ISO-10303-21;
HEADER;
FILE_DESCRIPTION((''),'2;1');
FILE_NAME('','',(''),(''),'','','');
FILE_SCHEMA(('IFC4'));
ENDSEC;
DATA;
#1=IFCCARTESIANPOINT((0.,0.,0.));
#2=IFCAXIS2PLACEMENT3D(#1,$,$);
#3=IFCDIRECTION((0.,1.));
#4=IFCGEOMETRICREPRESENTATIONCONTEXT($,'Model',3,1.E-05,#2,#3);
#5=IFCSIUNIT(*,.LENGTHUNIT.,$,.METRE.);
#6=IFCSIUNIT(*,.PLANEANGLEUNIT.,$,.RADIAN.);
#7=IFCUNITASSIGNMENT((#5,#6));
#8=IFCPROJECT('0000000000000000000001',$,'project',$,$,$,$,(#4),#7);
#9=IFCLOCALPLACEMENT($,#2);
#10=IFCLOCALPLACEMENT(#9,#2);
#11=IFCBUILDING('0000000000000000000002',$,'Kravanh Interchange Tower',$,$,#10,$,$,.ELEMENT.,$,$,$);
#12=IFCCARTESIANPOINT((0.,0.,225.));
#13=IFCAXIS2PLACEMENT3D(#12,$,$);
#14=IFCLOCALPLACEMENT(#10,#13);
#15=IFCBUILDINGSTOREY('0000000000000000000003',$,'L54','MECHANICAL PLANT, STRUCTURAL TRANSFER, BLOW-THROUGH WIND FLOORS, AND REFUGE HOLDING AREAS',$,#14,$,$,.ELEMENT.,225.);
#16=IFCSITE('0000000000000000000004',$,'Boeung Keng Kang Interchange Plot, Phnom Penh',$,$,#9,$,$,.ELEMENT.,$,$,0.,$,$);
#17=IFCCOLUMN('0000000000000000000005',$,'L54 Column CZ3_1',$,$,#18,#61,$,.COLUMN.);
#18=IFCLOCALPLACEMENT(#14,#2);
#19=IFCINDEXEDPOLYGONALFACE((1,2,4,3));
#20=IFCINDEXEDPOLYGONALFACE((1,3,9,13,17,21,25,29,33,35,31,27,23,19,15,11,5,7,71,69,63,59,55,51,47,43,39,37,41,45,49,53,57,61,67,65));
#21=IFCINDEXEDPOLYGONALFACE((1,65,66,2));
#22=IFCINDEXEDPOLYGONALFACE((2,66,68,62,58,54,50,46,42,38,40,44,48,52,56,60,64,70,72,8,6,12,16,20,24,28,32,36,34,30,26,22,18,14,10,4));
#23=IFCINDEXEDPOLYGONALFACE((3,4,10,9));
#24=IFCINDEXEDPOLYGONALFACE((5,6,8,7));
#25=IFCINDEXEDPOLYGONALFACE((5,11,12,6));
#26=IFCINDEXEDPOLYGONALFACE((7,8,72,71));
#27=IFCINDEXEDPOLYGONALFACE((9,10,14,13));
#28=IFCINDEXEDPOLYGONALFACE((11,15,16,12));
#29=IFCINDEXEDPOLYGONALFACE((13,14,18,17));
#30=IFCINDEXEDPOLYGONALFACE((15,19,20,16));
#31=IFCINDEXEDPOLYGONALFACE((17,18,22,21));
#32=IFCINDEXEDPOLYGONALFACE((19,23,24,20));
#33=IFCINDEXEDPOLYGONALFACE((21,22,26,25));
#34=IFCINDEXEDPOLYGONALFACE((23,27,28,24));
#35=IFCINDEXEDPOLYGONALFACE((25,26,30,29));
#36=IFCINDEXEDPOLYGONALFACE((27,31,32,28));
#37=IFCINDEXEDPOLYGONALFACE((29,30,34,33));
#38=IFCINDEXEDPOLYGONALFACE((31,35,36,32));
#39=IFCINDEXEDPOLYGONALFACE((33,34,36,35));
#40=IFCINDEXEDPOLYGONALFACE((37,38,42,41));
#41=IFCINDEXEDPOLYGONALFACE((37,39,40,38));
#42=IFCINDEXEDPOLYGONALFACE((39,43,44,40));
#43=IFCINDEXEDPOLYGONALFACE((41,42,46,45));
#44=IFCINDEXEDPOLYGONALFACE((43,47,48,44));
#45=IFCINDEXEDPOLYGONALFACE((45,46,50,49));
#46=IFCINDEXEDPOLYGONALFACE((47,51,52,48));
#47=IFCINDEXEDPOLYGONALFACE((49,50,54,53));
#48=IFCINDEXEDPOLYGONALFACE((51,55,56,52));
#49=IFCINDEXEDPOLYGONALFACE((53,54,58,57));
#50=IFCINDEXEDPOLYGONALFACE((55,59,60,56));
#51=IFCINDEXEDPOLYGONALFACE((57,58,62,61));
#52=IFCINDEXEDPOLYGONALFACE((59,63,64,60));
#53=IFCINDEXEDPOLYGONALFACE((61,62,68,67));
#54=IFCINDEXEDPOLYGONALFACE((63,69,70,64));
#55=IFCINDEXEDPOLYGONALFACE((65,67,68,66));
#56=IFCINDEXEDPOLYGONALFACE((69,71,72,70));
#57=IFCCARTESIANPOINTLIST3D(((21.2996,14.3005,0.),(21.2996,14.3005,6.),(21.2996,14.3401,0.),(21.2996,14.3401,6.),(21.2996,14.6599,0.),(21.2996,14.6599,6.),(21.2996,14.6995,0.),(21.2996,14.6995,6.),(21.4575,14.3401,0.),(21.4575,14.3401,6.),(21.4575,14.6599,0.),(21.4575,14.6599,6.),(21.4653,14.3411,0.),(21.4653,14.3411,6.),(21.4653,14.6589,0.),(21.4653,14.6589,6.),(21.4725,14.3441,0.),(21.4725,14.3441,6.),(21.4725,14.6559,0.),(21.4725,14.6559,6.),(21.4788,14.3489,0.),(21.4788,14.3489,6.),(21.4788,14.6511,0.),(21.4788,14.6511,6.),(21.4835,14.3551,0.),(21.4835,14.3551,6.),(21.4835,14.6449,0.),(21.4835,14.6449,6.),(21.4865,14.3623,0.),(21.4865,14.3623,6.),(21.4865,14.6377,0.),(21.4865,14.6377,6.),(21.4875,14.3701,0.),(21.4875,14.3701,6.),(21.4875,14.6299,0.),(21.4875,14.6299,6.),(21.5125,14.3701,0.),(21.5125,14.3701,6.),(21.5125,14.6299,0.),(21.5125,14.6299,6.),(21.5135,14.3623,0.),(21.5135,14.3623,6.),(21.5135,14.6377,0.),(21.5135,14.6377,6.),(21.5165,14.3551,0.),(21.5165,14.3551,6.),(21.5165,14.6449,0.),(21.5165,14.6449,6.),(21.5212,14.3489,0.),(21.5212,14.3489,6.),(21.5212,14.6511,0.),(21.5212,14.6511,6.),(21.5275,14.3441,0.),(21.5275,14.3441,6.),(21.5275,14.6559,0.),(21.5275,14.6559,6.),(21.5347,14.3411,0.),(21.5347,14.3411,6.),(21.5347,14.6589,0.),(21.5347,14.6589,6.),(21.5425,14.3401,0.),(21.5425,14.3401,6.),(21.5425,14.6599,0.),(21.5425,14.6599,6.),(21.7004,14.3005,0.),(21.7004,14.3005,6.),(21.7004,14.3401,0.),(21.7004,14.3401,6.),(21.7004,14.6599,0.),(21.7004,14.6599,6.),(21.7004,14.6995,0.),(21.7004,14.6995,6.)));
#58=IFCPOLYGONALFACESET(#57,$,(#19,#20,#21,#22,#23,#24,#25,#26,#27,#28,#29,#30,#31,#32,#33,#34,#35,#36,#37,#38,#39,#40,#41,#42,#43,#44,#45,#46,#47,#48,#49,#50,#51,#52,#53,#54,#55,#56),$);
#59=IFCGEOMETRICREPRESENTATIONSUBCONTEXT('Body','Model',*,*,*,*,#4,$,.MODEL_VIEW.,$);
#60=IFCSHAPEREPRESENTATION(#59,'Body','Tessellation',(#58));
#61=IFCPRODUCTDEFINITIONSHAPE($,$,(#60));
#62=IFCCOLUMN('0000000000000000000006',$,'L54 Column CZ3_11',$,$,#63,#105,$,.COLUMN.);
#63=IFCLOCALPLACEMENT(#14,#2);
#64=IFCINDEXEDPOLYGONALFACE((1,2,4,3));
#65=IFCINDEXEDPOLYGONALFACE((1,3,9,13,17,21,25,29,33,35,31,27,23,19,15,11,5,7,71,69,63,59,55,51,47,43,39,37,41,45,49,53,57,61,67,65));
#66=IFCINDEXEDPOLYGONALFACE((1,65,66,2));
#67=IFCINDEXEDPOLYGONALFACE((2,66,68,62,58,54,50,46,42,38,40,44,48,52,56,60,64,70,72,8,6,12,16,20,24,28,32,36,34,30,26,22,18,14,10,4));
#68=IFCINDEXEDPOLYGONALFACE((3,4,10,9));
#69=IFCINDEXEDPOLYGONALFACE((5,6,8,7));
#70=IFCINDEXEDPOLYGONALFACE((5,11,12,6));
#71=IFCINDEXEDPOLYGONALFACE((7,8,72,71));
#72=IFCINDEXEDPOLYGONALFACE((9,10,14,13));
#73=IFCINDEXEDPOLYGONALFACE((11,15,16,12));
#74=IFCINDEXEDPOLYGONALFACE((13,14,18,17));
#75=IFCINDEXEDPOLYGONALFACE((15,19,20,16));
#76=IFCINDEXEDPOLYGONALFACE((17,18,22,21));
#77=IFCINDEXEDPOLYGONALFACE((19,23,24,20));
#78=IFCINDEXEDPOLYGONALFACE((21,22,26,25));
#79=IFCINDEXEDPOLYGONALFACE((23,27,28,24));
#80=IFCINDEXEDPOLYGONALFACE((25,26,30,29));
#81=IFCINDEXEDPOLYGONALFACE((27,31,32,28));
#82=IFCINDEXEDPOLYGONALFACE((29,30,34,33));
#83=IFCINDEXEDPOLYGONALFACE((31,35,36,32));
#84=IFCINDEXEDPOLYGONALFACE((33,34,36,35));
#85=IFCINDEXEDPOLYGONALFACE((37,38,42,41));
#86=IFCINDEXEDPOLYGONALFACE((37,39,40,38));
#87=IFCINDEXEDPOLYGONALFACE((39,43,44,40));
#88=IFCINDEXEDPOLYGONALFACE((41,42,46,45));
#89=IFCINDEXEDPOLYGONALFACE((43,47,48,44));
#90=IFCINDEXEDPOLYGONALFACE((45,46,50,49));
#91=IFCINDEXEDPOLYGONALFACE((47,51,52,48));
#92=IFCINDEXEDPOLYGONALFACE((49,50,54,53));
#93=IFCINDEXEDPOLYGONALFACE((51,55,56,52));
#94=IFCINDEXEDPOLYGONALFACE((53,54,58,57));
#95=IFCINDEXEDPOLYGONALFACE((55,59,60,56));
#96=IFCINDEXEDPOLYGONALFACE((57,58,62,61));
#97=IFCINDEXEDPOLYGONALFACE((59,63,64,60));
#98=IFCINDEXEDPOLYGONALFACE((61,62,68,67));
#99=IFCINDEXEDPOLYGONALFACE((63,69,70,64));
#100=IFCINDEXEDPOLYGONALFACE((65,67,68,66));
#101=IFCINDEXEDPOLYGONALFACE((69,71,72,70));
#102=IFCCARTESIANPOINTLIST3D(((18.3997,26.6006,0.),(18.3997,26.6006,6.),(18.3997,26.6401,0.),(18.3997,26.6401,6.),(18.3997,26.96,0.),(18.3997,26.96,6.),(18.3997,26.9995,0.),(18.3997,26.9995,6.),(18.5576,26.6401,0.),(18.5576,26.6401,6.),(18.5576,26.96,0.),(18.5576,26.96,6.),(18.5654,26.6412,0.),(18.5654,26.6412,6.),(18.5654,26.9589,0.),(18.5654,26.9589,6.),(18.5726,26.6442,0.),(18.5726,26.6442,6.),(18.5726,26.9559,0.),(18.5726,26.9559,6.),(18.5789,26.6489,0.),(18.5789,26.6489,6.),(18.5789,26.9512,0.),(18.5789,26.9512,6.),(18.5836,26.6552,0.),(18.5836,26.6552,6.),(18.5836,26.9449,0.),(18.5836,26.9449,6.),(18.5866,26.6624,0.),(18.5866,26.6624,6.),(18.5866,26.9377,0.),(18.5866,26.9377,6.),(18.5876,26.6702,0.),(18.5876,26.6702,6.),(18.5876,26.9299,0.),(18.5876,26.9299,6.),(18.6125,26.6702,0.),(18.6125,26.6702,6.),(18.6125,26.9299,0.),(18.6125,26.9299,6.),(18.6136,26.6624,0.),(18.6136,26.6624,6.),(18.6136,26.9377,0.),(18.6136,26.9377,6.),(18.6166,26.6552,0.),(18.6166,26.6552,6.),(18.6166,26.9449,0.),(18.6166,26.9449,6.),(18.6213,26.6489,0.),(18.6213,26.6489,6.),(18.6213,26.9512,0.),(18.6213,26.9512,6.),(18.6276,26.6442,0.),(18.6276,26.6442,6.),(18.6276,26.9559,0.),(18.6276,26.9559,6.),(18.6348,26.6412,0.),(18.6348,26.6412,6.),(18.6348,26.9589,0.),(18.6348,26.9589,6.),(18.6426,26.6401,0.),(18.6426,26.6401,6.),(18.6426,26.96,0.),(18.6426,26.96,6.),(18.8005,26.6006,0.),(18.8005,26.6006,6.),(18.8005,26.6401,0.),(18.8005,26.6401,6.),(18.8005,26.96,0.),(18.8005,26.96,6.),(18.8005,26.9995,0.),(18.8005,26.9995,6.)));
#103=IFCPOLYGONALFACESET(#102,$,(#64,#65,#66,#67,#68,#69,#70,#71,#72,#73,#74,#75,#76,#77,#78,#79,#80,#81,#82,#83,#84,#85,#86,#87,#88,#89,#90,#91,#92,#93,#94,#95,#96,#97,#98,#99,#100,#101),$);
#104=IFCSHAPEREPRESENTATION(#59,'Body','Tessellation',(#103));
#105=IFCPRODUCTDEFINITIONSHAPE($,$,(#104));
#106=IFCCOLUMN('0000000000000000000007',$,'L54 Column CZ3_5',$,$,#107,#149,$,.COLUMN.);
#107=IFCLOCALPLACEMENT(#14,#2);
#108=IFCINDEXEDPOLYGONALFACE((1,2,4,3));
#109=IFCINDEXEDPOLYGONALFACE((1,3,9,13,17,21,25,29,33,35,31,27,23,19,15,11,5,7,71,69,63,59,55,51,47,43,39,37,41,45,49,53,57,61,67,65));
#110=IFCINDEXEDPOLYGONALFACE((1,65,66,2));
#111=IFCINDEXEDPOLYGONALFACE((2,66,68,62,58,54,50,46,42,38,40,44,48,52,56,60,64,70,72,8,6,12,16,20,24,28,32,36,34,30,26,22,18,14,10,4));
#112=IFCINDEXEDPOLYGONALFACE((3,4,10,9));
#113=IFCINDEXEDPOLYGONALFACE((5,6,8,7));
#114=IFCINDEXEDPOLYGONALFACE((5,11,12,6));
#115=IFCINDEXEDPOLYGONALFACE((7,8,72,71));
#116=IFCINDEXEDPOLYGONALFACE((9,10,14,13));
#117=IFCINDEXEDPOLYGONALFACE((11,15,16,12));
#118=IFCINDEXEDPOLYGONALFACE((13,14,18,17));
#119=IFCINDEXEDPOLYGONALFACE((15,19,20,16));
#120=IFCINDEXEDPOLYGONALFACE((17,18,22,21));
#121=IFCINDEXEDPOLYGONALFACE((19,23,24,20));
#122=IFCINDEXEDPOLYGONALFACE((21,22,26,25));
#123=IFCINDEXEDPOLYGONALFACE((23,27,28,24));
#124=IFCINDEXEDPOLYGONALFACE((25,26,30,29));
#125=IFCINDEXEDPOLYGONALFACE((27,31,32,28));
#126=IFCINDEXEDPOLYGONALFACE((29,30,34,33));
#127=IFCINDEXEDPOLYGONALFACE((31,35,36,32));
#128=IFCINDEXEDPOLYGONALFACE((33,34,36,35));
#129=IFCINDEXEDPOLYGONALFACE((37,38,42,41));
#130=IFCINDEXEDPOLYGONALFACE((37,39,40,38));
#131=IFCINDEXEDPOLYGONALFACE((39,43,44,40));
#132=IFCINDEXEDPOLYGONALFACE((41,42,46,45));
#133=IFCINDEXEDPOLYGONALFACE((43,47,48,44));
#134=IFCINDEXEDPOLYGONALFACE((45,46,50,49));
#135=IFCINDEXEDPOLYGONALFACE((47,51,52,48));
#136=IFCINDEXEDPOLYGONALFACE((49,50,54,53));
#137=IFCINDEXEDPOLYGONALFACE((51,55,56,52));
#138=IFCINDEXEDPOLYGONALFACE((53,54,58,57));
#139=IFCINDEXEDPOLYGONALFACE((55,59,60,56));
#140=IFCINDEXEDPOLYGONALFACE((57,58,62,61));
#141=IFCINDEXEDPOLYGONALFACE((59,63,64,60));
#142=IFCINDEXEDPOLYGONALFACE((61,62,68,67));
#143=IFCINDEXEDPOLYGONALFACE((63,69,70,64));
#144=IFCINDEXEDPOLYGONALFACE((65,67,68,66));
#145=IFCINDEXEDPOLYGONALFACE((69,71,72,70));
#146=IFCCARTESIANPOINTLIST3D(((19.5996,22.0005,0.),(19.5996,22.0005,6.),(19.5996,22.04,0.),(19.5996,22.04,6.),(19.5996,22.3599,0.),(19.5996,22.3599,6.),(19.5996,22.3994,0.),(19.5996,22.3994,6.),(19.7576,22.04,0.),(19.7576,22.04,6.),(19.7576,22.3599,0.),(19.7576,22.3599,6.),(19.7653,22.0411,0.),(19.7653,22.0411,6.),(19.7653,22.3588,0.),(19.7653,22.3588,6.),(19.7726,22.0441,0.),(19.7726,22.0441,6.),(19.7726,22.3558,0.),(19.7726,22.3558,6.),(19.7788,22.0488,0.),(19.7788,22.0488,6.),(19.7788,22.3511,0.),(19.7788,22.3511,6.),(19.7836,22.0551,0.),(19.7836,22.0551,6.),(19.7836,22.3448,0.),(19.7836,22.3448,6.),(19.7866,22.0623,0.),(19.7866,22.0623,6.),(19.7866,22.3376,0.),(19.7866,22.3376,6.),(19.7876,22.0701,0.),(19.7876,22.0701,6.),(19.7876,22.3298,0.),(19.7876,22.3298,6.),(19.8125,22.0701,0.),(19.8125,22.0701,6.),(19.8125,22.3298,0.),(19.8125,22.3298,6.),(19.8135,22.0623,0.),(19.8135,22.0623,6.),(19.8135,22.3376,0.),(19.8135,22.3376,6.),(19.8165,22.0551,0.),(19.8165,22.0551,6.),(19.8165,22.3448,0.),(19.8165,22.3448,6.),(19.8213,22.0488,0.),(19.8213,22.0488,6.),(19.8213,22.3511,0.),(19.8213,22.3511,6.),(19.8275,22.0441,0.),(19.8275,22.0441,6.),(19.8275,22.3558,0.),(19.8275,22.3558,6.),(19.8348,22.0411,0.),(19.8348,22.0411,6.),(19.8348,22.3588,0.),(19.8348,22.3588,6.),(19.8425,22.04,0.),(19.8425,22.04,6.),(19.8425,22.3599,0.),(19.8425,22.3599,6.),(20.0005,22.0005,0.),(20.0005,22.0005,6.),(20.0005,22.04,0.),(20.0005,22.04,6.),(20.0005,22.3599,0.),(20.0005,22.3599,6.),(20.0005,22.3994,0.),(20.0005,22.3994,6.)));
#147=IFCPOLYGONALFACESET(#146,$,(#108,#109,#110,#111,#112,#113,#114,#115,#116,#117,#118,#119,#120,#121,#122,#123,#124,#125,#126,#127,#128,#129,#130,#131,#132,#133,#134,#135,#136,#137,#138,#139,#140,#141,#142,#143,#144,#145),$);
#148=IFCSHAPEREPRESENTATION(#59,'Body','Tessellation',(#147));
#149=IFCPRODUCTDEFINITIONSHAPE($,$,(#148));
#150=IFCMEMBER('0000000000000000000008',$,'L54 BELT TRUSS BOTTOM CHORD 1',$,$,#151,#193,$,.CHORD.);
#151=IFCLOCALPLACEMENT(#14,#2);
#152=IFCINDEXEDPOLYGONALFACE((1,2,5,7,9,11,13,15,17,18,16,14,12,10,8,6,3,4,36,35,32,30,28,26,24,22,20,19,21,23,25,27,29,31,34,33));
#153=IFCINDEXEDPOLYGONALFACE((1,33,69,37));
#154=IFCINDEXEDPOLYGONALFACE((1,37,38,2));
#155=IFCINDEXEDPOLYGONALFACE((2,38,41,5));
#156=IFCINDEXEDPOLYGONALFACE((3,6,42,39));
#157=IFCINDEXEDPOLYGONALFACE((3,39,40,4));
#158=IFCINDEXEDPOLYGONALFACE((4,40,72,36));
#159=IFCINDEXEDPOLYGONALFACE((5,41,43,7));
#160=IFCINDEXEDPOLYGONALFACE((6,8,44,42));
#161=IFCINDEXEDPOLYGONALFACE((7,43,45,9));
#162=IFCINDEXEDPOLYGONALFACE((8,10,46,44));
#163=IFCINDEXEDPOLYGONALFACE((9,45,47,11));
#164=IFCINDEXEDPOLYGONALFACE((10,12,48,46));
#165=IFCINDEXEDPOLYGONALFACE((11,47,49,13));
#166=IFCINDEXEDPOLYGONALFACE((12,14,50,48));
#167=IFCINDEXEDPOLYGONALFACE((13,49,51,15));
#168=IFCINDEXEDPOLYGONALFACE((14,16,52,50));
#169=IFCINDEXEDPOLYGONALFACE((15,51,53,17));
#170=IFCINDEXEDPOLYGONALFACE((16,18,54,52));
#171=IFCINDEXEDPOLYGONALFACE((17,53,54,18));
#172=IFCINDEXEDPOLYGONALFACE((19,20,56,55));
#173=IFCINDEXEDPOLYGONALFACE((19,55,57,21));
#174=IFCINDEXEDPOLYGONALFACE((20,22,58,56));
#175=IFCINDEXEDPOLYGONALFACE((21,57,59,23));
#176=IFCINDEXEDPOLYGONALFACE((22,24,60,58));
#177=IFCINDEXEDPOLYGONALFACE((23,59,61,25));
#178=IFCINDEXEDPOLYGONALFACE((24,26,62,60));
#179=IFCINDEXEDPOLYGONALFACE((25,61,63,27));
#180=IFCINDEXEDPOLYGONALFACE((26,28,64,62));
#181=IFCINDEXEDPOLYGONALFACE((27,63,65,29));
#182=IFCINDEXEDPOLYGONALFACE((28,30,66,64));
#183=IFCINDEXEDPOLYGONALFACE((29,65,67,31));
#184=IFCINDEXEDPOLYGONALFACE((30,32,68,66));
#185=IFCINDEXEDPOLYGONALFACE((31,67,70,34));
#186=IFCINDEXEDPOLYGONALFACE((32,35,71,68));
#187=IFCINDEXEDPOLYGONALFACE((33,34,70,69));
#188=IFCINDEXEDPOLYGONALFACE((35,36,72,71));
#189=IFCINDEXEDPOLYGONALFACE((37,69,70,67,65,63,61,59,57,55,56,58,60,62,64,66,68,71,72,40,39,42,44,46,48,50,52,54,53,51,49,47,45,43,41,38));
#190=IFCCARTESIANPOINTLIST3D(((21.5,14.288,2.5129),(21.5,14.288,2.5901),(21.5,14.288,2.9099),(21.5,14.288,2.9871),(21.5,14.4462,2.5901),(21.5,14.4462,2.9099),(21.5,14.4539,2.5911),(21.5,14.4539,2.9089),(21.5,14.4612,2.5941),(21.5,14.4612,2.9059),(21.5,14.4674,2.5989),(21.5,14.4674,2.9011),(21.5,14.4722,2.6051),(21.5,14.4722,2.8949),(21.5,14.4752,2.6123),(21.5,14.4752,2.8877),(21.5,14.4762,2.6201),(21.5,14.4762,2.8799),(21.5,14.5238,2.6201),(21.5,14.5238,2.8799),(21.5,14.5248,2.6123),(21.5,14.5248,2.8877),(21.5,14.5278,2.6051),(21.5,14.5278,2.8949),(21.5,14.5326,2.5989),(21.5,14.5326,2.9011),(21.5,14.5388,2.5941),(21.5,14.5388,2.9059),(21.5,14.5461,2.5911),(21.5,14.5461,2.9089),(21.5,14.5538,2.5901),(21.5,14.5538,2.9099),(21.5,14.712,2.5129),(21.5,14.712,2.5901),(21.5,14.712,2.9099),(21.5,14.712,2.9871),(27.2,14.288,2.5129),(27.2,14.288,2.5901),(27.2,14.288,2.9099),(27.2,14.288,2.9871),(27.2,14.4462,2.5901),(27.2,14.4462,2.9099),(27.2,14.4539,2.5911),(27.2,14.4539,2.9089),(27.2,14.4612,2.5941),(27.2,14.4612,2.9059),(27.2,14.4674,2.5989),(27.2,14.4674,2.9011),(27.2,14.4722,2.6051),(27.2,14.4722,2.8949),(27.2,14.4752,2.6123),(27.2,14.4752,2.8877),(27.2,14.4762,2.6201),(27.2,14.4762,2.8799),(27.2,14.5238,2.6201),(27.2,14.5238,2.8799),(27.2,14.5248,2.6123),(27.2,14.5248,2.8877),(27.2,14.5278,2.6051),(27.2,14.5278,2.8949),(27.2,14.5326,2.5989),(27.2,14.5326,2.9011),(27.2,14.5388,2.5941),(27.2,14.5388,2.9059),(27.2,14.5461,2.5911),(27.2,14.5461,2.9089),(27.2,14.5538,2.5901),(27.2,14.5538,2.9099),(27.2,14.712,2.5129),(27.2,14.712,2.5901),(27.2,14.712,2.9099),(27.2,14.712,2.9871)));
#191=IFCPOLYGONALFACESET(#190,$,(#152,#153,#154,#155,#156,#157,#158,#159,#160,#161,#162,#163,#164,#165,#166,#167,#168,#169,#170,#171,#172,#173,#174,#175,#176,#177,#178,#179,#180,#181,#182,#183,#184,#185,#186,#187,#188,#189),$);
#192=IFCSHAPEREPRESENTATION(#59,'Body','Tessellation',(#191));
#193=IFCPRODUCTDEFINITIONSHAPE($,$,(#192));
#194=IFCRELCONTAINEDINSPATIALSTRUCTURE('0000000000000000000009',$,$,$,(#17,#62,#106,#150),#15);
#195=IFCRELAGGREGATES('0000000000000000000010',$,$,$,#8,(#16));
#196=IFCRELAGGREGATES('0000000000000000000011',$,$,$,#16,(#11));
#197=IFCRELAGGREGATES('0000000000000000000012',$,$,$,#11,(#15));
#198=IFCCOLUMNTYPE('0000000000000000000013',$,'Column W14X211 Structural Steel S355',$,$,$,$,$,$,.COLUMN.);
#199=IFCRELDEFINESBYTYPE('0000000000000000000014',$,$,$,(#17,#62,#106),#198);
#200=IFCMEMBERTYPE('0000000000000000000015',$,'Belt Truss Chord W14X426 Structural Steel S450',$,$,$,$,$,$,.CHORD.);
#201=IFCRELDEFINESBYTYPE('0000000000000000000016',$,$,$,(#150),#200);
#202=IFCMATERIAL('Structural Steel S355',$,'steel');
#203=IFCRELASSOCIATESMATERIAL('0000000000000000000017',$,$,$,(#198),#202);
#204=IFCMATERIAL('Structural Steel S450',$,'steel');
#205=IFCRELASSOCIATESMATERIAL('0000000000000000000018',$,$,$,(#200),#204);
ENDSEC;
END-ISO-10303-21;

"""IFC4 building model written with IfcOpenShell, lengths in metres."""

from ifc_helpers import new_model, si_unit, direction, frame, origin, origin_2d, place, context, subcontext, project, spatial, i_section, extrude, material, material_profile, profile_set, type_object, element, save


model = new_model("IFC4")

# Units and contexts
model_context = context("Model", 3, precision=1e-05, world=origin(), true_north=direction((0.0, 1.0)))
body_context = subcontext(model_context, "Body", "Model", "MODEL_VIEW")
ifc_project = project(units=[si_unit("LENGTHUNIT", "METRE"), si_unit("PLANEANGLEUNIT", "RADIAN")], contexts=[model_context])

# Site, building, storey
site_placement = place(None, origin())
site = spatial("IfcSite", under=ifc_project, at=site_placement, Name="Boeung Keng Kang Interchange Plot, Phnom Penh", CompositionType="ELEMENT", RefElevation=0.0)
building_placement = place(site_placement, origin())
building = spatial("IfcBuilding", under=site, at=building_placement, Name="Kravanh Interchange Tower", CompositionType="ELEMENT")
storey_placement = place(building_placement, frame((0.0, 0.0, 225.0)))
storey = spatial("IfcBuildingStorey", under=building, at=storey_placement, Name="L54", Description="MECHANICAL PLANT, STRUCTURAL TRANSFER, BLOW-THROUGH WIND FLOORS, AND REFUGE HOLDING AREAS", CompositionType="ELEMENT", Elevation=225.0)

# Columns
ifc_material_1 = material(Name="Structural Steel S355", Category="steel")
ifc_material_profile_1 = material_profile(ifc_material_1, i_section(OverallWidth=0.4009, OverallDepth=0.3989, WebThickness=0.0249, FlangeThickness=0.0396, FilletRadius=0.03, at=origin_2d()), Name="W14X211")
ifc_profile_set_1 = profile_set([ifc_material_profile_1], Name="Structural Steel S355")
column_type = type_object("IfcColumnType", Name="Column W14X211 Structural Steel S355", PredefinedType="COLUMN", material=ifc_profile_set_1)
for number, where, z_axis, x_axis, name in (
    (1, (21.5, 14.5, 0.0), (0.0, 0.0, 1.0), (1.0, 0.0, 0.0), "L54 Column CZ3_1"),
    (2, (18.6001, 26.8, 0.0), (0.0, 0.0, 1.0), (1.0, 0.0, 0.0), "L54 Column CZ3_11"),
    (3, (19.8, 22.2, 0.0), (0.0, 0.0, 1.0), (1.0, 0.0, 0.0), "L54 Column CZ3_5"),
):
    element("IfcColumn", number, at=place(storey_placement, frame(where, z_axis=z_axis, x_axis=x_axis)), inside=storey, type_object=column_type, Name=name, PredefinedType="COLUMN", context=body_context, shape_type="SweptSolid", body=[
        extrude(i_section(OverallWidth=0.4009, OverallDepth=0.3989, WebThickness=0.0249, FlangeThickness=0.0396, FilletRadius=0.03, at=origin_2d()), origin(), (0.0, 0.0, 1.0), 6.0),
    ])

# Member
ifc_material_2 = material(Name="Structural Steel S450", Category="steel")
ifc_material_profile_2 = material_profile(ifc_material_2, i_section(OverallWidth=0.4241, OverallDepth=0.4741, WebThickness=0.0476, FlangeThickness=0.0771, FilletRadius=0.03, at=origin_2d()), Name="W14X426")
ifc_profile_set_2 = profile_set([ifc_material_profile_2], Name="Structural Steel S450")
member_type_1 = type_object("IfcMemberType", Name="Belt Truss Chord W14X426 Structural Steel S450", PredefinedType="CHORD", material=ifc_profile_set_2)
for number, where, z_axis, x_axis, name in (
    (4, (21.5, 14.5, 2.75), (1.0, 0.0, 0.0), (0.0, 1.0, 0.0), "L54 BELT TRUSS BOTTOM CHORD 1"),
):
    element("IfcMember", number, at=place(storey_placement, frame(where, z_axis=z_axis, x_axis=x_axis)), inside=storey, type_object=member_type_1, Name=name, PredefinedType="CHORD", context=body_context, shape_type="SweptSolid", body=[
        extrude(i_section(OverallWidth=0.4241, OverallDepth=0.4741, WebThickness=0.0476, FlangeThickness=0.0771, FilletRadius=0.03, at=origin_2d()), origin(), (0.0, 0.0, 1.0), 5.7),
    ])

save(model, "model.ifc")
